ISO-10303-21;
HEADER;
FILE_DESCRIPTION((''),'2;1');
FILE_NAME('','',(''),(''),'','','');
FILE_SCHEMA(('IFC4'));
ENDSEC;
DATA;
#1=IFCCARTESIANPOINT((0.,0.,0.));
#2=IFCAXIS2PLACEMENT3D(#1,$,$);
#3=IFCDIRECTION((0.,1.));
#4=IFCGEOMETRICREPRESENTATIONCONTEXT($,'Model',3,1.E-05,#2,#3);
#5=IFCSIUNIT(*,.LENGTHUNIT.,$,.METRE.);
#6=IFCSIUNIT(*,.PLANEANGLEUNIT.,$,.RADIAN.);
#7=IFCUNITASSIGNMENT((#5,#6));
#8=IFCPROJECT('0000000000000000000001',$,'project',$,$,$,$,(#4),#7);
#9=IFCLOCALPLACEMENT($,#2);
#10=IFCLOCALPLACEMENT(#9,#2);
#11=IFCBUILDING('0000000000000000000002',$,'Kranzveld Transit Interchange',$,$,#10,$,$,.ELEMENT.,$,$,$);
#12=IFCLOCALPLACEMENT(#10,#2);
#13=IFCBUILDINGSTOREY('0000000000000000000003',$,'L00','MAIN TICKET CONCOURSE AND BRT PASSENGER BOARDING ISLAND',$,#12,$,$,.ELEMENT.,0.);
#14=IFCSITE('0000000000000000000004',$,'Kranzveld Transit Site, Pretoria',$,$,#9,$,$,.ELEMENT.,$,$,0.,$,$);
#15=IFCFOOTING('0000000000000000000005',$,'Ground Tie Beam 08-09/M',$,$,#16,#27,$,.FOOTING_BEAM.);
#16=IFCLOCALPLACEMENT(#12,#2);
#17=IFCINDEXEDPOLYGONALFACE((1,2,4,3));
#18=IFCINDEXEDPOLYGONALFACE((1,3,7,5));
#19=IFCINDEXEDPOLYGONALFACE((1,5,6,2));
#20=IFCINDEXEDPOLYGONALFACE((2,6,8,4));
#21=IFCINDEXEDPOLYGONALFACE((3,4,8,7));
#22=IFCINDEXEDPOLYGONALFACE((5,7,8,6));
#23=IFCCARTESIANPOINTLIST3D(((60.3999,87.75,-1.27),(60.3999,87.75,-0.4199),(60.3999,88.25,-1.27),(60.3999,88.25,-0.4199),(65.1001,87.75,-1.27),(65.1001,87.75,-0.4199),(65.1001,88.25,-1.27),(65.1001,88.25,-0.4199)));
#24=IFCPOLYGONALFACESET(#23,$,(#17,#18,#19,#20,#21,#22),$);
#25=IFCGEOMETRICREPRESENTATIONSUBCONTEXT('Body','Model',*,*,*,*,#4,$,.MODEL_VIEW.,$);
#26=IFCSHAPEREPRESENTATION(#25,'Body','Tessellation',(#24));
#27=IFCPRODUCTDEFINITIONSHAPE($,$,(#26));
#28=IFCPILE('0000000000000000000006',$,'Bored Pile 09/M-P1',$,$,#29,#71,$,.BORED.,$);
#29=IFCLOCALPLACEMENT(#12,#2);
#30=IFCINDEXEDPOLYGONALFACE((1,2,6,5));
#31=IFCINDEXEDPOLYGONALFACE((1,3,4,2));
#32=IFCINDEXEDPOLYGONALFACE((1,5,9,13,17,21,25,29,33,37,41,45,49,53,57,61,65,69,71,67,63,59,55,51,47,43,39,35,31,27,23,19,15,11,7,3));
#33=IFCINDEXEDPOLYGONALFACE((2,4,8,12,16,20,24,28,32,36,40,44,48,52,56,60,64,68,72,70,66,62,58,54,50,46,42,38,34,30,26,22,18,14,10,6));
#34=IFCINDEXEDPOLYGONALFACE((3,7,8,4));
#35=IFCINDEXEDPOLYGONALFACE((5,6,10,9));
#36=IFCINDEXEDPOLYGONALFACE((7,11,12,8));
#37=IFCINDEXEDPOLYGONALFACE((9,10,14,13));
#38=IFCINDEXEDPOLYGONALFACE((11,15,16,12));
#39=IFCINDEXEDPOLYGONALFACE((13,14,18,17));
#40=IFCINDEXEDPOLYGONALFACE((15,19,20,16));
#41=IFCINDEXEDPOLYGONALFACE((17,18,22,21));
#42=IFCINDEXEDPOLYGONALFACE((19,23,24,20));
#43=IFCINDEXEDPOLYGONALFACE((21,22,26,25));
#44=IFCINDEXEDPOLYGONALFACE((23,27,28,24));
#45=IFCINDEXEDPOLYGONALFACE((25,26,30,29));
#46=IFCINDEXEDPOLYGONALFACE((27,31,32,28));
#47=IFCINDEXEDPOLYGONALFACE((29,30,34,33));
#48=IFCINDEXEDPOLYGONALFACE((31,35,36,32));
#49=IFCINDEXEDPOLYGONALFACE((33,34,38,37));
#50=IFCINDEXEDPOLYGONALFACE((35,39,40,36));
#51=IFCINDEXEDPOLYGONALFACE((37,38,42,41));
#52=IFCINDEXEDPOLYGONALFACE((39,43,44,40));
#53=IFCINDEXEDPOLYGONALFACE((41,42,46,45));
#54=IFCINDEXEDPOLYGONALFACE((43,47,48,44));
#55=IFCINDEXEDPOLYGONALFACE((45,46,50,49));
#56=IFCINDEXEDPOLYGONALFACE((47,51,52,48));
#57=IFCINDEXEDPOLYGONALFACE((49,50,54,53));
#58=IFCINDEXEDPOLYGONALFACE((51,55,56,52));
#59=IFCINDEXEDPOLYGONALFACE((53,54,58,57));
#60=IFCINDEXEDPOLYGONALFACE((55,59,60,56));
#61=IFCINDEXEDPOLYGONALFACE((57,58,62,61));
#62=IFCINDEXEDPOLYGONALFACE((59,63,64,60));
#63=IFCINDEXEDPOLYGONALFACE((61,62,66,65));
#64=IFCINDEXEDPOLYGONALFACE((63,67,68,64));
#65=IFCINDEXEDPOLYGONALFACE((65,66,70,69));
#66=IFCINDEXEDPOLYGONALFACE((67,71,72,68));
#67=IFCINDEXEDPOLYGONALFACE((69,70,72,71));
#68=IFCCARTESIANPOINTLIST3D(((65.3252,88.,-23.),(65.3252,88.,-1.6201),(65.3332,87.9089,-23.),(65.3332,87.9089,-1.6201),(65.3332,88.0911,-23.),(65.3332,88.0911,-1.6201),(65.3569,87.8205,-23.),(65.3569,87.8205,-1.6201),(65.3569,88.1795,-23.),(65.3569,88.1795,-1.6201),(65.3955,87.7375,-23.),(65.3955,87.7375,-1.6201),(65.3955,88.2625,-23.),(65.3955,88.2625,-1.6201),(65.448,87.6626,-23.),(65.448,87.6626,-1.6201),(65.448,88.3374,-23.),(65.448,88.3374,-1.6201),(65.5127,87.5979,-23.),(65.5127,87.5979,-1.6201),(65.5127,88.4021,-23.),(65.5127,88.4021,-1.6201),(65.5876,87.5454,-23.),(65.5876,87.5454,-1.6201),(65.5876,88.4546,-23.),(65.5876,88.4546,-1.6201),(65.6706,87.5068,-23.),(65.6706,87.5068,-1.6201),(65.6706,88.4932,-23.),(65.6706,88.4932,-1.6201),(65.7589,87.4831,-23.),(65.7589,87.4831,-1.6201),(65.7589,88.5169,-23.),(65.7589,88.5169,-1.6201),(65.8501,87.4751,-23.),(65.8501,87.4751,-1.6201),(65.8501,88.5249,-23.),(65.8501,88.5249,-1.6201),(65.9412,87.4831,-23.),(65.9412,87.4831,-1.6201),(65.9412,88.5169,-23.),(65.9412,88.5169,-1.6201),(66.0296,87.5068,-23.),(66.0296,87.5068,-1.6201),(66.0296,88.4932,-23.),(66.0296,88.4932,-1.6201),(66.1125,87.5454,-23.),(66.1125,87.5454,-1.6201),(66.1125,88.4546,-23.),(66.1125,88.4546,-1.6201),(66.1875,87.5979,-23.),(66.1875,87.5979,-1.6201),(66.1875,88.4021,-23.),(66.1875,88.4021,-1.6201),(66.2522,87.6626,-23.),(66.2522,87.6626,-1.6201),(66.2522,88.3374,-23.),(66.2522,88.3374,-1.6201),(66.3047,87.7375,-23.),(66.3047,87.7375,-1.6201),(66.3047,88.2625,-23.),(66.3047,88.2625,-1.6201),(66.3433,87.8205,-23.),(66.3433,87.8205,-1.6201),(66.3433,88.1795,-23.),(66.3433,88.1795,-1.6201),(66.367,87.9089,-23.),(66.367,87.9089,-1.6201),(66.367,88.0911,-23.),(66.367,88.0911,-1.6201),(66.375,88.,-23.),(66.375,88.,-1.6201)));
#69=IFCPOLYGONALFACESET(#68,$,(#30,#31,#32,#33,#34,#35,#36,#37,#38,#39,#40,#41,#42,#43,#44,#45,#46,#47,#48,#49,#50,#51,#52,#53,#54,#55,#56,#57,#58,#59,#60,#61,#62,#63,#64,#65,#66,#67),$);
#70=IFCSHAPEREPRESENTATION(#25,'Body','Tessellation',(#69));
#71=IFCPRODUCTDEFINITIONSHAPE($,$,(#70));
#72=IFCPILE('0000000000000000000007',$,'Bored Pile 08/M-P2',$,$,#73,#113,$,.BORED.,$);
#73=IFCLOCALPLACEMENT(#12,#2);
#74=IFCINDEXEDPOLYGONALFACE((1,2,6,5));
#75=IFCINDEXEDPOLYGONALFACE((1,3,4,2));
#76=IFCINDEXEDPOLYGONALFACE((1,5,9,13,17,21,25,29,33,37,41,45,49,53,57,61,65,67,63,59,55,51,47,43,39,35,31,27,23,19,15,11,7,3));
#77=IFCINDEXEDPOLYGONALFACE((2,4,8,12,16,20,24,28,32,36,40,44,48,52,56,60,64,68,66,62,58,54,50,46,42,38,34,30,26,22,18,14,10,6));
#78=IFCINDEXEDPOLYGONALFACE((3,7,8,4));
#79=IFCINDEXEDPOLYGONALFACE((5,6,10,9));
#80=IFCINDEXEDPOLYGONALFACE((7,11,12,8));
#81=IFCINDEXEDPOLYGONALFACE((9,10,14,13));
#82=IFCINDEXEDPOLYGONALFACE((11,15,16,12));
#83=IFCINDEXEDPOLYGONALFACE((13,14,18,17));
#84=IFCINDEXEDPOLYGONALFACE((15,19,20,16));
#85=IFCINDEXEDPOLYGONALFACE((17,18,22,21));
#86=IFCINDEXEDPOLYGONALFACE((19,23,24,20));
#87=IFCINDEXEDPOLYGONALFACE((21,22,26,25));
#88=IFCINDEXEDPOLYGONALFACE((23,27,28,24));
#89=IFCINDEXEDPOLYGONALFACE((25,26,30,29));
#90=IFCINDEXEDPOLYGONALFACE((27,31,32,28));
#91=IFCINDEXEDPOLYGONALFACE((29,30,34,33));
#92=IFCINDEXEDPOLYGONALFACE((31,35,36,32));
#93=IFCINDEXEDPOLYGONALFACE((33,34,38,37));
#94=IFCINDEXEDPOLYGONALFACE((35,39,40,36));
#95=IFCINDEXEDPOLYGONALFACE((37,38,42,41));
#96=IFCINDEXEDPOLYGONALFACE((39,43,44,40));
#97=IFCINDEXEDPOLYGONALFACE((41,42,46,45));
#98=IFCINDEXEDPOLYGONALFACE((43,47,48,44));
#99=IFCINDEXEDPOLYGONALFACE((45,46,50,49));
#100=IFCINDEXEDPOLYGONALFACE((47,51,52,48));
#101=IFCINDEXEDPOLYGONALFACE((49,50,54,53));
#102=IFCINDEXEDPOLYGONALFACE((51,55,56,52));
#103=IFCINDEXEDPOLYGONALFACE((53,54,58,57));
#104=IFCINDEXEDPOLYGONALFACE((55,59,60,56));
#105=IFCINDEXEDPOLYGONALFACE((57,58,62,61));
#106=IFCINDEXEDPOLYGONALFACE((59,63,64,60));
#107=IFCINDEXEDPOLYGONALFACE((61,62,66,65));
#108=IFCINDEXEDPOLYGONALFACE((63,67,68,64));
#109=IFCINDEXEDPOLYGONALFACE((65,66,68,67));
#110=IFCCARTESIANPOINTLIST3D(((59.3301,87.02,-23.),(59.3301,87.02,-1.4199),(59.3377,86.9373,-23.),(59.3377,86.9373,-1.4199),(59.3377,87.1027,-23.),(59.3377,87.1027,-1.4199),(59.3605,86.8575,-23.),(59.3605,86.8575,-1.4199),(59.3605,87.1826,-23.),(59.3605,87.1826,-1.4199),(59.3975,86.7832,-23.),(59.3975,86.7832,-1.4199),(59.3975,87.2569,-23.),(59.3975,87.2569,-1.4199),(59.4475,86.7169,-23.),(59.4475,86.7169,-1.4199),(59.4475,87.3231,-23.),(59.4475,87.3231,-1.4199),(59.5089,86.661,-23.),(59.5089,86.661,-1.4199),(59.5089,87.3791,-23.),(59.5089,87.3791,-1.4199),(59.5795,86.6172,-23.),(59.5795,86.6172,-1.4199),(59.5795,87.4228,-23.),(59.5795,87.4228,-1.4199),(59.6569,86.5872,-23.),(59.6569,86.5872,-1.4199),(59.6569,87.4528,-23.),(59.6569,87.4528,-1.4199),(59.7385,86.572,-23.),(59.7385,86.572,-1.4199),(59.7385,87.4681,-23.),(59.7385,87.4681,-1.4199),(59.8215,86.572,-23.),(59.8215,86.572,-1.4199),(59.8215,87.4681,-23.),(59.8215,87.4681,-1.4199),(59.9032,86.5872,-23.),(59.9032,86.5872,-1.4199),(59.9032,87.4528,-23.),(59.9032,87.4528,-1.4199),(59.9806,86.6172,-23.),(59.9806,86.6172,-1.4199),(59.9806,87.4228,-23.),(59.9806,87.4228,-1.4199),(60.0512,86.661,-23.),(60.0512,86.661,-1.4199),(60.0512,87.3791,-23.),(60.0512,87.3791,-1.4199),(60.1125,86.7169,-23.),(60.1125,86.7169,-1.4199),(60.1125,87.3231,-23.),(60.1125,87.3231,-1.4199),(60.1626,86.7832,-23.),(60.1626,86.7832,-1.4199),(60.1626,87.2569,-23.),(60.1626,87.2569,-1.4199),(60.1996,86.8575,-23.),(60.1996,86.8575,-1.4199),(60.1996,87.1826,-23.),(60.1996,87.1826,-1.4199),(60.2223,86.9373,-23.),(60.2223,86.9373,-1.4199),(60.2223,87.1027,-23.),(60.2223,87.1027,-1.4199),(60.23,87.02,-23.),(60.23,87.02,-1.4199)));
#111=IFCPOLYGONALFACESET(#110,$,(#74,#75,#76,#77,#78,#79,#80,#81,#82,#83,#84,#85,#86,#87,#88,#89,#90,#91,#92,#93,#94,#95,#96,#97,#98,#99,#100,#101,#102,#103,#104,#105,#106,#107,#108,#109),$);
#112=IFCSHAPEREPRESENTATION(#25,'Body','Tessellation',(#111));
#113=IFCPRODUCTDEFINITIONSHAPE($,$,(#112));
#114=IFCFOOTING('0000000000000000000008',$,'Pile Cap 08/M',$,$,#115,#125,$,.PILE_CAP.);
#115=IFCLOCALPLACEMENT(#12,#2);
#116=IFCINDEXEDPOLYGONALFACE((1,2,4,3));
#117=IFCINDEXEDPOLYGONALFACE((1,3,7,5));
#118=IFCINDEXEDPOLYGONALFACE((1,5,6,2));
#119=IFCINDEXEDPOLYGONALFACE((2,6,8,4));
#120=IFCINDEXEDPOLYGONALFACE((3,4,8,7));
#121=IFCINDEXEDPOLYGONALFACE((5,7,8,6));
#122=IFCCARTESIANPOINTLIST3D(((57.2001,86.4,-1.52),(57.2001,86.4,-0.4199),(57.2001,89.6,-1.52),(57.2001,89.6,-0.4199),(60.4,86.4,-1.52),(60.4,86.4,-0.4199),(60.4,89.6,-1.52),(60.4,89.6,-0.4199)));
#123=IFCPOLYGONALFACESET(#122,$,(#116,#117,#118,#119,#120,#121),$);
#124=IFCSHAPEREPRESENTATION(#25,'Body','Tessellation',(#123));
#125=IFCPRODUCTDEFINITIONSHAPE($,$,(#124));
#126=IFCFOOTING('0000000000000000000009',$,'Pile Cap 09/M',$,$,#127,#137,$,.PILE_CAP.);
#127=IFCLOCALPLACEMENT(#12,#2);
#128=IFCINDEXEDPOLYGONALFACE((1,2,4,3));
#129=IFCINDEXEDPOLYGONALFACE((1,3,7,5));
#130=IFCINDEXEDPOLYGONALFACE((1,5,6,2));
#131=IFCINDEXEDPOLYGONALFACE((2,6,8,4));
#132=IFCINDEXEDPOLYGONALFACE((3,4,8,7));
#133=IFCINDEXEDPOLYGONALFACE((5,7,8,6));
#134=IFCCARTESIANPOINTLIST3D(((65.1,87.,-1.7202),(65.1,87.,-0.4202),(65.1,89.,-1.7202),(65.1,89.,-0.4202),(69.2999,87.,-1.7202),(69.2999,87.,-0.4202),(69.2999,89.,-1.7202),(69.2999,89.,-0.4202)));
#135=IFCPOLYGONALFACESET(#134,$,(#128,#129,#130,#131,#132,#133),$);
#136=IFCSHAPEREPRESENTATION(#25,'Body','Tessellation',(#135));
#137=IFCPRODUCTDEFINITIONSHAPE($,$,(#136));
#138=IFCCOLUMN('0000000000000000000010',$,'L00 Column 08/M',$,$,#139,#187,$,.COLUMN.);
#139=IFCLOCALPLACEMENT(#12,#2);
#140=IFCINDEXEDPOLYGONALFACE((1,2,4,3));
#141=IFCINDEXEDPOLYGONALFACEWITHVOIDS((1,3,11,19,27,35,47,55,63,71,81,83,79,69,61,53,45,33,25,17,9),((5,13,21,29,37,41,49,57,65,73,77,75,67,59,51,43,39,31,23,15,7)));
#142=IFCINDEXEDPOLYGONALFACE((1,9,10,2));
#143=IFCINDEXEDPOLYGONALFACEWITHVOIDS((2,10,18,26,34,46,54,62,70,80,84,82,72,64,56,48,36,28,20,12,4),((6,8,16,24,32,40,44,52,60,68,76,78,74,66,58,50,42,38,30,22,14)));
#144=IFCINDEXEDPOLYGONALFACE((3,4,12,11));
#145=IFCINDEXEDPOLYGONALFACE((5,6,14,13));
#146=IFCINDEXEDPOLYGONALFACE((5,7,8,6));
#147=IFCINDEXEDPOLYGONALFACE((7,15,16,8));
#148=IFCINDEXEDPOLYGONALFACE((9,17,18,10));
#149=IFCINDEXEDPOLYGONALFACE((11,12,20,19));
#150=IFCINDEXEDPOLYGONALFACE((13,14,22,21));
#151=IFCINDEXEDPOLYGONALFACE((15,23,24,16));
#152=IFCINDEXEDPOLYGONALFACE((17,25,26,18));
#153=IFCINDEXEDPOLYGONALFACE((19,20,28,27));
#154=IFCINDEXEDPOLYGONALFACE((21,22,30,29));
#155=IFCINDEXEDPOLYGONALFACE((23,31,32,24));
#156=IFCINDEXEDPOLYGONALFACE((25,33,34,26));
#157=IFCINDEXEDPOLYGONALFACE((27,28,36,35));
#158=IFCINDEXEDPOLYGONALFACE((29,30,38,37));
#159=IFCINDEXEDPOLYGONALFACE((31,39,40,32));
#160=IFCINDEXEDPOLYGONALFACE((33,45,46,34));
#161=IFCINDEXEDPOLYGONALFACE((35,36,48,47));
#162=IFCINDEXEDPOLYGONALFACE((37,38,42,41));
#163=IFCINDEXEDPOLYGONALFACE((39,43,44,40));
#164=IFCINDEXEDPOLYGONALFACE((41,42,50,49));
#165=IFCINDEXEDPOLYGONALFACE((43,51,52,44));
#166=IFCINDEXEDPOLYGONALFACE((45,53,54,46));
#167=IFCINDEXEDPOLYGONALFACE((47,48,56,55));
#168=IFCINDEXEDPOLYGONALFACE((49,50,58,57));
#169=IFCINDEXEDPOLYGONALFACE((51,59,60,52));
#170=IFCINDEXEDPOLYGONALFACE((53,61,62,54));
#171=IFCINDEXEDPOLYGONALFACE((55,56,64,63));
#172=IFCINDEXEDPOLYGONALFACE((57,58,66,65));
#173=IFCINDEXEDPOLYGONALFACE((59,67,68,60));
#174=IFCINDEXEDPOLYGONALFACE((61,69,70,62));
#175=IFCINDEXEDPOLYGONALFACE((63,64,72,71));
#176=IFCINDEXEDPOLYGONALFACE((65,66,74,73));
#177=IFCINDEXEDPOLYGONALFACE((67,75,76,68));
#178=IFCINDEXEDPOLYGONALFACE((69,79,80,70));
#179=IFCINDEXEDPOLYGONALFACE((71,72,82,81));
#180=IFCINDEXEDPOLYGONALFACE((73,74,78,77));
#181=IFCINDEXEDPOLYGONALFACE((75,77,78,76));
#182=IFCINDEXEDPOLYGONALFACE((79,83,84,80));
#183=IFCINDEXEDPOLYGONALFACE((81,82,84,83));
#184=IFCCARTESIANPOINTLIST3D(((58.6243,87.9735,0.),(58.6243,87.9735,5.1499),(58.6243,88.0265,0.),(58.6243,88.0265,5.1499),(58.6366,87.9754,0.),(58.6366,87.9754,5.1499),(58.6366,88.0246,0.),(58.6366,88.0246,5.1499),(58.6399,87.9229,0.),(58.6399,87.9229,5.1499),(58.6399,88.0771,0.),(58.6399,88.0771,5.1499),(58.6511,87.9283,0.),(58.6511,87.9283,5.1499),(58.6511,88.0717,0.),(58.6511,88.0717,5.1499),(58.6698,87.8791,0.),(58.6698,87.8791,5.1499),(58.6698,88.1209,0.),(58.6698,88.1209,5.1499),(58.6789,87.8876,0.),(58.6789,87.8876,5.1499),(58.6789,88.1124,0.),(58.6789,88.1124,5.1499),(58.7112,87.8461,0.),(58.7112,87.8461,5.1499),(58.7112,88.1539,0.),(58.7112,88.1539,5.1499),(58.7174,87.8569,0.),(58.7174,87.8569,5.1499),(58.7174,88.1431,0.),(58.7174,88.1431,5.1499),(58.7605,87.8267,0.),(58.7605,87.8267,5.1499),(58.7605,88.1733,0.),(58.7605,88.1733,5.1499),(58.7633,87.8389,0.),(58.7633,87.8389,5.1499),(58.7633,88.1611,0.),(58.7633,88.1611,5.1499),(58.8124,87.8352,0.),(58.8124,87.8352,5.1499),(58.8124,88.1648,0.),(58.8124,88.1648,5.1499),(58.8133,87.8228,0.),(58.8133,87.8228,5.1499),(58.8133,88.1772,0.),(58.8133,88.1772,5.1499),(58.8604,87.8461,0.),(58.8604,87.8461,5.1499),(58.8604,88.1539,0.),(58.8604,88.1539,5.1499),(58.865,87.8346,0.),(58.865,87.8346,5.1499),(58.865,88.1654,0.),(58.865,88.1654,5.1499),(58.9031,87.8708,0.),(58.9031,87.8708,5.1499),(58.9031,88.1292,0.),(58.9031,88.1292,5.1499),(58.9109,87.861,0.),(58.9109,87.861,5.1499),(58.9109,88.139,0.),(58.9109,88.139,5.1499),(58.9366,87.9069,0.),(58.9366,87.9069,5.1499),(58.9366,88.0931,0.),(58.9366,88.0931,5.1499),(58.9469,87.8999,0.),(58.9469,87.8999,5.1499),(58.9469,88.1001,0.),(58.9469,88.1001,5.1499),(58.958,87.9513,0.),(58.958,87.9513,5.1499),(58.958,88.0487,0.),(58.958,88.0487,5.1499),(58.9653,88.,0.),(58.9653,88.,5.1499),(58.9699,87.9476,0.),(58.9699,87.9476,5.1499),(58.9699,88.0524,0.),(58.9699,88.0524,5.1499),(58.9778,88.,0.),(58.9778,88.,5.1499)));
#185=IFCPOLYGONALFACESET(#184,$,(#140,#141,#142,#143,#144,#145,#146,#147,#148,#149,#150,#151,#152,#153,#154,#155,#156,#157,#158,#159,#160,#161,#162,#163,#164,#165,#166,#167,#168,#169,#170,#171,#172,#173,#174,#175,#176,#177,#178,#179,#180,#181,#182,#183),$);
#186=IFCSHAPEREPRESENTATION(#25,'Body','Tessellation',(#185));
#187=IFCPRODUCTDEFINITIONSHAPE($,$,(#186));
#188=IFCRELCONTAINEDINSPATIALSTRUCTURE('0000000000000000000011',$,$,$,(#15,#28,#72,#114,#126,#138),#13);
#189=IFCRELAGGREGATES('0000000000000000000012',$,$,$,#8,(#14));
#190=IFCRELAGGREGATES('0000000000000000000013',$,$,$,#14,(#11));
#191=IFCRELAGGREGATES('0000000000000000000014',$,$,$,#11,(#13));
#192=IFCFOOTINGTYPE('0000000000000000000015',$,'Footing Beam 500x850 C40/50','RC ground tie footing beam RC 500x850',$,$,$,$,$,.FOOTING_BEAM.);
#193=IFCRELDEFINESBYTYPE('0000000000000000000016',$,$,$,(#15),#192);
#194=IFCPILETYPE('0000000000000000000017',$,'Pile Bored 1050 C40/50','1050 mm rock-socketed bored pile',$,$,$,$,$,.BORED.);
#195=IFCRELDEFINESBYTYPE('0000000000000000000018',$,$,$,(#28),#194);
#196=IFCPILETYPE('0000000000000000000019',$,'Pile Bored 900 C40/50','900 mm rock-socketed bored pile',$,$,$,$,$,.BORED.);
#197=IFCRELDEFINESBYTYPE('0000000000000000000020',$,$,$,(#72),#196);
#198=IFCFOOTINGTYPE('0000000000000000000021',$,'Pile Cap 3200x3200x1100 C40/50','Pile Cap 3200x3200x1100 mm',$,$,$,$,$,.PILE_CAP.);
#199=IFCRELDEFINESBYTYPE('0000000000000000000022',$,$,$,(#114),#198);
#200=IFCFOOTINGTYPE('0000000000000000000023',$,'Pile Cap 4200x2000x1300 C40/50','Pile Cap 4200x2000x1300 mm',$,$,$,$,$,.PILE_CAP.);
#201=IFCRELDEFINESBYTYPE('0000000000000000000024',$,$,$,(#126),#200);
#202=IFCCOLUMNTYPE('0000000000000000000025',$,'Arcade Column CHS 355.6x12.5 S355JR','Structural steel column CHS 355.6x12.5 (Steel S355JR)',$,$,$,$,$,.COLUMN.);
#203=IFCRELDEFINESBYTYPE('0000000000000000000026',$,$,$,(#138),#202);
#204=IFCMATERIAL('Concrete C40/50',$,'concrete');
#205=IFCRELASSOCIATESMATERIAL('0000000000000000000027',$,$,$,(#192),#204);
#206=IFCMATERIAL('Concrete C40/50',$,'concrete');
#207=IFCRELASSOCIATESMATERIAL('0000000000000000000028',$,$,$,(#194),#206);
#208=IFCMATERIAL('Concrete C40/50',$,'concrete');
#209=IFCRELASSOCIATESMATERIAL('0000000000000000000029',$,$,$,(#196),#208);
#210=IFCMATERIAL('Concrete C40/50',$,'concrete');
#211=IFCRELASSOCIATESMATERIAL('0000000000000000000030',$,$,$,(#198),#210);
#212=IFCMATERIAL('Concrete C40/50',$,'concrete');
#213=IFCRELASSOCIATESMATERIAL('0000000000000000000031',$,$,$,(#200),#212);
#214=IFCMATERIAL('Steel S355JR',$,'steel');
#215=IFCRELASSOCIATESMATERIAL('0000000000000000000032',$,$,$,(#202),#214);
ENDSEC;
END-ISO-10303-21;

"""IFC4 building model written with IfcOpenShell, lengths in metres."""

from ifc_helpers import new_model, si_unit, direction, frame, origin, origin_2d, place, context, subcontext, project, spatial, rectangle, circle, hollow_circle, extrude, material, material_profile, profile_set, type_object, element, save


model = new_model("IFC4")

# Units and contexts
model_context = context("Model", 3, precision=1e-05, world=origin(), true_north=direction((0.0, 1.0)))
body_context = subcontext(model_context, "Body", "Model", "MODEL_VIEW")
ifc_project = project(units=[si_unit("LENGTHUNIT", "METRE"), si_unit("PLANEANGLEUNIT", "RADIAN")], contexts=[model_context])

# Site, building, storey
site_placement = place(None, origin())
site = spatial("IfcSite", under=ifc_project, at=site_placement, Name="Kranzveld Transit Site, Pretoria", CompositionType="ELEMENT", RefElevation=0.0)
building_placement = place(site_placement, origin())
building = spatial("IfcBuilding", under=site, at=building_placement, Name="Kranzveld Transit Interchange", CompositionType="ELEMENT")
storey_placement = place(building_placement, origin())
storey = spatial("IfcBuildingStorey", under=building, at=storey_placement, Name="L00", Description="MAIN TICKET CONCOURSE AND BRT PASSENGER BOARDING ISLAND", CompositionType="ELEMENT", Elevation=0.0)

# Footing
ifc_material_1 = material(Name="Concrete C40/50", Category="concrete")
ifc_material_profile_1 = material_profile(ifc_material_1, rectangle(XDim=0.5, YDim=0.8501, at=origin_2d()), Name="RC 500x850")
ifc_profile_set_1 = profile_set([ifc_material_profile_1], Name="Concrete C40/50")
footing_type_1 = type_object("IfcFootingType", Name="Footing Beam 500x850 C40/50", Description="RC ground tie footing beam RC 500x850", PredefinedType="FOOTING_BEAM", material=ifc_profile_set_1)
footing_1_placement = place(storey_placement, frame((60.3999, 88.0, -0.845), z_axis=(1.0, 0.0, 0.0), x_axis=(0.0, 1.0, 0.0)))
element("IfcFooting", 1, at=footing_1_placement, inside=storey, type_object=footing_type_1, Name="Ground Tie Beam 08-09/M", PredefinedType="FOOTING_BEAM", context=body_context, shape_type="SweptSolid", body=[
    extrude(rectangle(XDim=0.5, YDim=0.8501, at=origin_2d()), origin(), (0.0, 0.0, 1.0), 4.7002),
])

# Piles
ifc_material_2 = material(Name="Concrete C40/50", Category="concrete")
ifc_material_profile_2 = material_profile(ifc_material_2, circle(Radius=0.5249, at=origin_2d()), Name="BORED PILE 1050")
ifc_profile_set_2 = profile_set([ifc_material_profile_2], Name="Concrete C40/50")
pile_type_1 = type_object("IfcPileType", Name="Pile Bored 1050 C40/50", Description="1050 mm rock-socketed bored pile", PredefinedType="BORED", material=ifc_profile_set_2)
pile_1_placement = place(storey_placement, frame((65.8501, 88.0, -1.6201), z_axis=(0.0, 0.0, -1.0), x_axis=(1.0, 0.0, 0.0)))
element("IfcPile", 2, at=pile_1_placement, inside=storey, type_object=pile_type_1, Name="Bored Pile 09/M-P1", PredefinedType="BORED", context=body_context, shape_type="SweptSolid", body=[
    extrude(circle(Radius=0.5249, at=origin_2d()), origin(), (0.0, 0.0, 1.0), 21.3799),
])
ifc_material_3 = material(Name="Concrete C40/50", Category="concrete")
ifc_material_profile_3 = material_profile(ifc_material_3, circle(Radius=0.45, at=origin_2d()), Name="BORED PILE 900")
ifc_profile_set_3 = profile_set([ifc_material_profile_3], Name="Concrete C40/50")
pile_type_2 = type_object("IfcPileType", Name="Pile Bored 900 C40/50", Description="900 mm rock-socketed bored pile", PredefinedType="BORED", material=ifc_profile_set_3)
pile_2_placement = place(storey_placement, frame((59.78, 87.02, -1.4199), z_axis=(0.0, 0.0, -1.0), x_axis=(1.0, 0.0, 0.0)))
element("IfcPile", 3, at=pile_2_placement, inside=storey, type_object=pile_type_2, Name="Bored Pile 08/M-P2", PredefinedType="BORED", context=body_context, shape_type="SweptSolid", body=[
    extrude(circle(Radius=0.45, at=origin_2d()), origin(), (0.0, 0.0, 1.0), 21.5801),
])

# Footings
ifc_material_4 = material(Name="Concrete C40/50", Category="concrete")
footing_type_2 = type_object("IfcFootingType", Name="Pile Cap 3200x3200x1100 C40/50", Description="Pile Cap 3200x3200x1100 mm", PredefinedType="PILE_CAP", material=ifc_material_4)
footing_2_placement = place(storey_placement, frame((58.8, 88.0, -1.52), z_axis=(0.0, 0.0, 1.0), x_axis=(1.0, 0.0, 0.0)))
element("IfcFooting", 4, at=footing_2_placement, inside=storey, type_object=footing_type_2, Name="Pile Cap 08/M", PredefinedType="PILE_CAP", context=body_context, shape_type="SweptSolid", body=[
    extrude(rectangle(XDim=3.2, YDim=3.2, at=origin_2d()), origin(), (0.0, 0.0, 1.0), 1.1001),
])
ifc_material_5 = material(Name="Concrete C40/50", Category="concrete")
footing_type_3 = type_object("IfcFootingType", Name="Pile Cap 4200x2000x1300 C40/50", Description="Pile Cap 4200x2000x1300 mm", PredefinedType="PILE_CAP", material=ifc_material_5)
footing_3_placement = place(storey_placement, frame((67.2, 88.0, -1.7202), z_axis=(0.0, 0.0, 1.0), x_axis=(1.0, 0.0, 0.0)))
element("IfcFooting", 5, at=footing_3_placement, inside=storey, type_object=footing_type_3, Name="Pile Cap 09/M", PredefinedType="PILE_CAP", context=body_context, shape_type="SweptSolid", body=[
    extrude(rectangle(XDim=4.2, YDim=2.0, at=origin_2d()), origin(), (0.0, 0.0, 1.0), 1.3),
])

# Column
ifc_material_6 = material(Name="Steel S355JR", Category="steel")
ifc_material_profile_4 = material_profile(ifc_material_6, hollow_circle(Radius=0.1777, WallThickness=0.0125, at=origin_2d()), Name="CHS 355.6x12.5")
ifc_profile_set_4 = profile_set([ifc_material_profile_4], Name="Steel S355JR")
column_type = type_object("IfcColumnType", Name="Arcade Column CHS 355.6x12.5 S355JR", Description="Structural steel column CHS 355.6x12.5 (Steel S355JR)", PredefinedType="COLUMN", material=ifc_profile_set_4)
for number, where, z_axis, x_axis, name in (
    (6, (58.8, 88.0, 0.0), (0.0, 0.0, 1.0), (1.0, 0.0, 0.0), "L00 Column 08/M"),
):
    element("IfcColumn", number, at=place(storey_placement, frame(where, z_axis=z_axis, x_axis=x_axis)), inside=storey, type_object=column_type, Name=name, PredefinedType="COLUMN", context=body_context, shape_type="SweptSolid", body=[
        extrude(hollow_circle(Radius=0.1777, WallThickness=0.0125, at=origin_2d()), origin(), (0.0, 0.0, 1.0), 5.1499),
    ])

save(model, "model.ifc")
